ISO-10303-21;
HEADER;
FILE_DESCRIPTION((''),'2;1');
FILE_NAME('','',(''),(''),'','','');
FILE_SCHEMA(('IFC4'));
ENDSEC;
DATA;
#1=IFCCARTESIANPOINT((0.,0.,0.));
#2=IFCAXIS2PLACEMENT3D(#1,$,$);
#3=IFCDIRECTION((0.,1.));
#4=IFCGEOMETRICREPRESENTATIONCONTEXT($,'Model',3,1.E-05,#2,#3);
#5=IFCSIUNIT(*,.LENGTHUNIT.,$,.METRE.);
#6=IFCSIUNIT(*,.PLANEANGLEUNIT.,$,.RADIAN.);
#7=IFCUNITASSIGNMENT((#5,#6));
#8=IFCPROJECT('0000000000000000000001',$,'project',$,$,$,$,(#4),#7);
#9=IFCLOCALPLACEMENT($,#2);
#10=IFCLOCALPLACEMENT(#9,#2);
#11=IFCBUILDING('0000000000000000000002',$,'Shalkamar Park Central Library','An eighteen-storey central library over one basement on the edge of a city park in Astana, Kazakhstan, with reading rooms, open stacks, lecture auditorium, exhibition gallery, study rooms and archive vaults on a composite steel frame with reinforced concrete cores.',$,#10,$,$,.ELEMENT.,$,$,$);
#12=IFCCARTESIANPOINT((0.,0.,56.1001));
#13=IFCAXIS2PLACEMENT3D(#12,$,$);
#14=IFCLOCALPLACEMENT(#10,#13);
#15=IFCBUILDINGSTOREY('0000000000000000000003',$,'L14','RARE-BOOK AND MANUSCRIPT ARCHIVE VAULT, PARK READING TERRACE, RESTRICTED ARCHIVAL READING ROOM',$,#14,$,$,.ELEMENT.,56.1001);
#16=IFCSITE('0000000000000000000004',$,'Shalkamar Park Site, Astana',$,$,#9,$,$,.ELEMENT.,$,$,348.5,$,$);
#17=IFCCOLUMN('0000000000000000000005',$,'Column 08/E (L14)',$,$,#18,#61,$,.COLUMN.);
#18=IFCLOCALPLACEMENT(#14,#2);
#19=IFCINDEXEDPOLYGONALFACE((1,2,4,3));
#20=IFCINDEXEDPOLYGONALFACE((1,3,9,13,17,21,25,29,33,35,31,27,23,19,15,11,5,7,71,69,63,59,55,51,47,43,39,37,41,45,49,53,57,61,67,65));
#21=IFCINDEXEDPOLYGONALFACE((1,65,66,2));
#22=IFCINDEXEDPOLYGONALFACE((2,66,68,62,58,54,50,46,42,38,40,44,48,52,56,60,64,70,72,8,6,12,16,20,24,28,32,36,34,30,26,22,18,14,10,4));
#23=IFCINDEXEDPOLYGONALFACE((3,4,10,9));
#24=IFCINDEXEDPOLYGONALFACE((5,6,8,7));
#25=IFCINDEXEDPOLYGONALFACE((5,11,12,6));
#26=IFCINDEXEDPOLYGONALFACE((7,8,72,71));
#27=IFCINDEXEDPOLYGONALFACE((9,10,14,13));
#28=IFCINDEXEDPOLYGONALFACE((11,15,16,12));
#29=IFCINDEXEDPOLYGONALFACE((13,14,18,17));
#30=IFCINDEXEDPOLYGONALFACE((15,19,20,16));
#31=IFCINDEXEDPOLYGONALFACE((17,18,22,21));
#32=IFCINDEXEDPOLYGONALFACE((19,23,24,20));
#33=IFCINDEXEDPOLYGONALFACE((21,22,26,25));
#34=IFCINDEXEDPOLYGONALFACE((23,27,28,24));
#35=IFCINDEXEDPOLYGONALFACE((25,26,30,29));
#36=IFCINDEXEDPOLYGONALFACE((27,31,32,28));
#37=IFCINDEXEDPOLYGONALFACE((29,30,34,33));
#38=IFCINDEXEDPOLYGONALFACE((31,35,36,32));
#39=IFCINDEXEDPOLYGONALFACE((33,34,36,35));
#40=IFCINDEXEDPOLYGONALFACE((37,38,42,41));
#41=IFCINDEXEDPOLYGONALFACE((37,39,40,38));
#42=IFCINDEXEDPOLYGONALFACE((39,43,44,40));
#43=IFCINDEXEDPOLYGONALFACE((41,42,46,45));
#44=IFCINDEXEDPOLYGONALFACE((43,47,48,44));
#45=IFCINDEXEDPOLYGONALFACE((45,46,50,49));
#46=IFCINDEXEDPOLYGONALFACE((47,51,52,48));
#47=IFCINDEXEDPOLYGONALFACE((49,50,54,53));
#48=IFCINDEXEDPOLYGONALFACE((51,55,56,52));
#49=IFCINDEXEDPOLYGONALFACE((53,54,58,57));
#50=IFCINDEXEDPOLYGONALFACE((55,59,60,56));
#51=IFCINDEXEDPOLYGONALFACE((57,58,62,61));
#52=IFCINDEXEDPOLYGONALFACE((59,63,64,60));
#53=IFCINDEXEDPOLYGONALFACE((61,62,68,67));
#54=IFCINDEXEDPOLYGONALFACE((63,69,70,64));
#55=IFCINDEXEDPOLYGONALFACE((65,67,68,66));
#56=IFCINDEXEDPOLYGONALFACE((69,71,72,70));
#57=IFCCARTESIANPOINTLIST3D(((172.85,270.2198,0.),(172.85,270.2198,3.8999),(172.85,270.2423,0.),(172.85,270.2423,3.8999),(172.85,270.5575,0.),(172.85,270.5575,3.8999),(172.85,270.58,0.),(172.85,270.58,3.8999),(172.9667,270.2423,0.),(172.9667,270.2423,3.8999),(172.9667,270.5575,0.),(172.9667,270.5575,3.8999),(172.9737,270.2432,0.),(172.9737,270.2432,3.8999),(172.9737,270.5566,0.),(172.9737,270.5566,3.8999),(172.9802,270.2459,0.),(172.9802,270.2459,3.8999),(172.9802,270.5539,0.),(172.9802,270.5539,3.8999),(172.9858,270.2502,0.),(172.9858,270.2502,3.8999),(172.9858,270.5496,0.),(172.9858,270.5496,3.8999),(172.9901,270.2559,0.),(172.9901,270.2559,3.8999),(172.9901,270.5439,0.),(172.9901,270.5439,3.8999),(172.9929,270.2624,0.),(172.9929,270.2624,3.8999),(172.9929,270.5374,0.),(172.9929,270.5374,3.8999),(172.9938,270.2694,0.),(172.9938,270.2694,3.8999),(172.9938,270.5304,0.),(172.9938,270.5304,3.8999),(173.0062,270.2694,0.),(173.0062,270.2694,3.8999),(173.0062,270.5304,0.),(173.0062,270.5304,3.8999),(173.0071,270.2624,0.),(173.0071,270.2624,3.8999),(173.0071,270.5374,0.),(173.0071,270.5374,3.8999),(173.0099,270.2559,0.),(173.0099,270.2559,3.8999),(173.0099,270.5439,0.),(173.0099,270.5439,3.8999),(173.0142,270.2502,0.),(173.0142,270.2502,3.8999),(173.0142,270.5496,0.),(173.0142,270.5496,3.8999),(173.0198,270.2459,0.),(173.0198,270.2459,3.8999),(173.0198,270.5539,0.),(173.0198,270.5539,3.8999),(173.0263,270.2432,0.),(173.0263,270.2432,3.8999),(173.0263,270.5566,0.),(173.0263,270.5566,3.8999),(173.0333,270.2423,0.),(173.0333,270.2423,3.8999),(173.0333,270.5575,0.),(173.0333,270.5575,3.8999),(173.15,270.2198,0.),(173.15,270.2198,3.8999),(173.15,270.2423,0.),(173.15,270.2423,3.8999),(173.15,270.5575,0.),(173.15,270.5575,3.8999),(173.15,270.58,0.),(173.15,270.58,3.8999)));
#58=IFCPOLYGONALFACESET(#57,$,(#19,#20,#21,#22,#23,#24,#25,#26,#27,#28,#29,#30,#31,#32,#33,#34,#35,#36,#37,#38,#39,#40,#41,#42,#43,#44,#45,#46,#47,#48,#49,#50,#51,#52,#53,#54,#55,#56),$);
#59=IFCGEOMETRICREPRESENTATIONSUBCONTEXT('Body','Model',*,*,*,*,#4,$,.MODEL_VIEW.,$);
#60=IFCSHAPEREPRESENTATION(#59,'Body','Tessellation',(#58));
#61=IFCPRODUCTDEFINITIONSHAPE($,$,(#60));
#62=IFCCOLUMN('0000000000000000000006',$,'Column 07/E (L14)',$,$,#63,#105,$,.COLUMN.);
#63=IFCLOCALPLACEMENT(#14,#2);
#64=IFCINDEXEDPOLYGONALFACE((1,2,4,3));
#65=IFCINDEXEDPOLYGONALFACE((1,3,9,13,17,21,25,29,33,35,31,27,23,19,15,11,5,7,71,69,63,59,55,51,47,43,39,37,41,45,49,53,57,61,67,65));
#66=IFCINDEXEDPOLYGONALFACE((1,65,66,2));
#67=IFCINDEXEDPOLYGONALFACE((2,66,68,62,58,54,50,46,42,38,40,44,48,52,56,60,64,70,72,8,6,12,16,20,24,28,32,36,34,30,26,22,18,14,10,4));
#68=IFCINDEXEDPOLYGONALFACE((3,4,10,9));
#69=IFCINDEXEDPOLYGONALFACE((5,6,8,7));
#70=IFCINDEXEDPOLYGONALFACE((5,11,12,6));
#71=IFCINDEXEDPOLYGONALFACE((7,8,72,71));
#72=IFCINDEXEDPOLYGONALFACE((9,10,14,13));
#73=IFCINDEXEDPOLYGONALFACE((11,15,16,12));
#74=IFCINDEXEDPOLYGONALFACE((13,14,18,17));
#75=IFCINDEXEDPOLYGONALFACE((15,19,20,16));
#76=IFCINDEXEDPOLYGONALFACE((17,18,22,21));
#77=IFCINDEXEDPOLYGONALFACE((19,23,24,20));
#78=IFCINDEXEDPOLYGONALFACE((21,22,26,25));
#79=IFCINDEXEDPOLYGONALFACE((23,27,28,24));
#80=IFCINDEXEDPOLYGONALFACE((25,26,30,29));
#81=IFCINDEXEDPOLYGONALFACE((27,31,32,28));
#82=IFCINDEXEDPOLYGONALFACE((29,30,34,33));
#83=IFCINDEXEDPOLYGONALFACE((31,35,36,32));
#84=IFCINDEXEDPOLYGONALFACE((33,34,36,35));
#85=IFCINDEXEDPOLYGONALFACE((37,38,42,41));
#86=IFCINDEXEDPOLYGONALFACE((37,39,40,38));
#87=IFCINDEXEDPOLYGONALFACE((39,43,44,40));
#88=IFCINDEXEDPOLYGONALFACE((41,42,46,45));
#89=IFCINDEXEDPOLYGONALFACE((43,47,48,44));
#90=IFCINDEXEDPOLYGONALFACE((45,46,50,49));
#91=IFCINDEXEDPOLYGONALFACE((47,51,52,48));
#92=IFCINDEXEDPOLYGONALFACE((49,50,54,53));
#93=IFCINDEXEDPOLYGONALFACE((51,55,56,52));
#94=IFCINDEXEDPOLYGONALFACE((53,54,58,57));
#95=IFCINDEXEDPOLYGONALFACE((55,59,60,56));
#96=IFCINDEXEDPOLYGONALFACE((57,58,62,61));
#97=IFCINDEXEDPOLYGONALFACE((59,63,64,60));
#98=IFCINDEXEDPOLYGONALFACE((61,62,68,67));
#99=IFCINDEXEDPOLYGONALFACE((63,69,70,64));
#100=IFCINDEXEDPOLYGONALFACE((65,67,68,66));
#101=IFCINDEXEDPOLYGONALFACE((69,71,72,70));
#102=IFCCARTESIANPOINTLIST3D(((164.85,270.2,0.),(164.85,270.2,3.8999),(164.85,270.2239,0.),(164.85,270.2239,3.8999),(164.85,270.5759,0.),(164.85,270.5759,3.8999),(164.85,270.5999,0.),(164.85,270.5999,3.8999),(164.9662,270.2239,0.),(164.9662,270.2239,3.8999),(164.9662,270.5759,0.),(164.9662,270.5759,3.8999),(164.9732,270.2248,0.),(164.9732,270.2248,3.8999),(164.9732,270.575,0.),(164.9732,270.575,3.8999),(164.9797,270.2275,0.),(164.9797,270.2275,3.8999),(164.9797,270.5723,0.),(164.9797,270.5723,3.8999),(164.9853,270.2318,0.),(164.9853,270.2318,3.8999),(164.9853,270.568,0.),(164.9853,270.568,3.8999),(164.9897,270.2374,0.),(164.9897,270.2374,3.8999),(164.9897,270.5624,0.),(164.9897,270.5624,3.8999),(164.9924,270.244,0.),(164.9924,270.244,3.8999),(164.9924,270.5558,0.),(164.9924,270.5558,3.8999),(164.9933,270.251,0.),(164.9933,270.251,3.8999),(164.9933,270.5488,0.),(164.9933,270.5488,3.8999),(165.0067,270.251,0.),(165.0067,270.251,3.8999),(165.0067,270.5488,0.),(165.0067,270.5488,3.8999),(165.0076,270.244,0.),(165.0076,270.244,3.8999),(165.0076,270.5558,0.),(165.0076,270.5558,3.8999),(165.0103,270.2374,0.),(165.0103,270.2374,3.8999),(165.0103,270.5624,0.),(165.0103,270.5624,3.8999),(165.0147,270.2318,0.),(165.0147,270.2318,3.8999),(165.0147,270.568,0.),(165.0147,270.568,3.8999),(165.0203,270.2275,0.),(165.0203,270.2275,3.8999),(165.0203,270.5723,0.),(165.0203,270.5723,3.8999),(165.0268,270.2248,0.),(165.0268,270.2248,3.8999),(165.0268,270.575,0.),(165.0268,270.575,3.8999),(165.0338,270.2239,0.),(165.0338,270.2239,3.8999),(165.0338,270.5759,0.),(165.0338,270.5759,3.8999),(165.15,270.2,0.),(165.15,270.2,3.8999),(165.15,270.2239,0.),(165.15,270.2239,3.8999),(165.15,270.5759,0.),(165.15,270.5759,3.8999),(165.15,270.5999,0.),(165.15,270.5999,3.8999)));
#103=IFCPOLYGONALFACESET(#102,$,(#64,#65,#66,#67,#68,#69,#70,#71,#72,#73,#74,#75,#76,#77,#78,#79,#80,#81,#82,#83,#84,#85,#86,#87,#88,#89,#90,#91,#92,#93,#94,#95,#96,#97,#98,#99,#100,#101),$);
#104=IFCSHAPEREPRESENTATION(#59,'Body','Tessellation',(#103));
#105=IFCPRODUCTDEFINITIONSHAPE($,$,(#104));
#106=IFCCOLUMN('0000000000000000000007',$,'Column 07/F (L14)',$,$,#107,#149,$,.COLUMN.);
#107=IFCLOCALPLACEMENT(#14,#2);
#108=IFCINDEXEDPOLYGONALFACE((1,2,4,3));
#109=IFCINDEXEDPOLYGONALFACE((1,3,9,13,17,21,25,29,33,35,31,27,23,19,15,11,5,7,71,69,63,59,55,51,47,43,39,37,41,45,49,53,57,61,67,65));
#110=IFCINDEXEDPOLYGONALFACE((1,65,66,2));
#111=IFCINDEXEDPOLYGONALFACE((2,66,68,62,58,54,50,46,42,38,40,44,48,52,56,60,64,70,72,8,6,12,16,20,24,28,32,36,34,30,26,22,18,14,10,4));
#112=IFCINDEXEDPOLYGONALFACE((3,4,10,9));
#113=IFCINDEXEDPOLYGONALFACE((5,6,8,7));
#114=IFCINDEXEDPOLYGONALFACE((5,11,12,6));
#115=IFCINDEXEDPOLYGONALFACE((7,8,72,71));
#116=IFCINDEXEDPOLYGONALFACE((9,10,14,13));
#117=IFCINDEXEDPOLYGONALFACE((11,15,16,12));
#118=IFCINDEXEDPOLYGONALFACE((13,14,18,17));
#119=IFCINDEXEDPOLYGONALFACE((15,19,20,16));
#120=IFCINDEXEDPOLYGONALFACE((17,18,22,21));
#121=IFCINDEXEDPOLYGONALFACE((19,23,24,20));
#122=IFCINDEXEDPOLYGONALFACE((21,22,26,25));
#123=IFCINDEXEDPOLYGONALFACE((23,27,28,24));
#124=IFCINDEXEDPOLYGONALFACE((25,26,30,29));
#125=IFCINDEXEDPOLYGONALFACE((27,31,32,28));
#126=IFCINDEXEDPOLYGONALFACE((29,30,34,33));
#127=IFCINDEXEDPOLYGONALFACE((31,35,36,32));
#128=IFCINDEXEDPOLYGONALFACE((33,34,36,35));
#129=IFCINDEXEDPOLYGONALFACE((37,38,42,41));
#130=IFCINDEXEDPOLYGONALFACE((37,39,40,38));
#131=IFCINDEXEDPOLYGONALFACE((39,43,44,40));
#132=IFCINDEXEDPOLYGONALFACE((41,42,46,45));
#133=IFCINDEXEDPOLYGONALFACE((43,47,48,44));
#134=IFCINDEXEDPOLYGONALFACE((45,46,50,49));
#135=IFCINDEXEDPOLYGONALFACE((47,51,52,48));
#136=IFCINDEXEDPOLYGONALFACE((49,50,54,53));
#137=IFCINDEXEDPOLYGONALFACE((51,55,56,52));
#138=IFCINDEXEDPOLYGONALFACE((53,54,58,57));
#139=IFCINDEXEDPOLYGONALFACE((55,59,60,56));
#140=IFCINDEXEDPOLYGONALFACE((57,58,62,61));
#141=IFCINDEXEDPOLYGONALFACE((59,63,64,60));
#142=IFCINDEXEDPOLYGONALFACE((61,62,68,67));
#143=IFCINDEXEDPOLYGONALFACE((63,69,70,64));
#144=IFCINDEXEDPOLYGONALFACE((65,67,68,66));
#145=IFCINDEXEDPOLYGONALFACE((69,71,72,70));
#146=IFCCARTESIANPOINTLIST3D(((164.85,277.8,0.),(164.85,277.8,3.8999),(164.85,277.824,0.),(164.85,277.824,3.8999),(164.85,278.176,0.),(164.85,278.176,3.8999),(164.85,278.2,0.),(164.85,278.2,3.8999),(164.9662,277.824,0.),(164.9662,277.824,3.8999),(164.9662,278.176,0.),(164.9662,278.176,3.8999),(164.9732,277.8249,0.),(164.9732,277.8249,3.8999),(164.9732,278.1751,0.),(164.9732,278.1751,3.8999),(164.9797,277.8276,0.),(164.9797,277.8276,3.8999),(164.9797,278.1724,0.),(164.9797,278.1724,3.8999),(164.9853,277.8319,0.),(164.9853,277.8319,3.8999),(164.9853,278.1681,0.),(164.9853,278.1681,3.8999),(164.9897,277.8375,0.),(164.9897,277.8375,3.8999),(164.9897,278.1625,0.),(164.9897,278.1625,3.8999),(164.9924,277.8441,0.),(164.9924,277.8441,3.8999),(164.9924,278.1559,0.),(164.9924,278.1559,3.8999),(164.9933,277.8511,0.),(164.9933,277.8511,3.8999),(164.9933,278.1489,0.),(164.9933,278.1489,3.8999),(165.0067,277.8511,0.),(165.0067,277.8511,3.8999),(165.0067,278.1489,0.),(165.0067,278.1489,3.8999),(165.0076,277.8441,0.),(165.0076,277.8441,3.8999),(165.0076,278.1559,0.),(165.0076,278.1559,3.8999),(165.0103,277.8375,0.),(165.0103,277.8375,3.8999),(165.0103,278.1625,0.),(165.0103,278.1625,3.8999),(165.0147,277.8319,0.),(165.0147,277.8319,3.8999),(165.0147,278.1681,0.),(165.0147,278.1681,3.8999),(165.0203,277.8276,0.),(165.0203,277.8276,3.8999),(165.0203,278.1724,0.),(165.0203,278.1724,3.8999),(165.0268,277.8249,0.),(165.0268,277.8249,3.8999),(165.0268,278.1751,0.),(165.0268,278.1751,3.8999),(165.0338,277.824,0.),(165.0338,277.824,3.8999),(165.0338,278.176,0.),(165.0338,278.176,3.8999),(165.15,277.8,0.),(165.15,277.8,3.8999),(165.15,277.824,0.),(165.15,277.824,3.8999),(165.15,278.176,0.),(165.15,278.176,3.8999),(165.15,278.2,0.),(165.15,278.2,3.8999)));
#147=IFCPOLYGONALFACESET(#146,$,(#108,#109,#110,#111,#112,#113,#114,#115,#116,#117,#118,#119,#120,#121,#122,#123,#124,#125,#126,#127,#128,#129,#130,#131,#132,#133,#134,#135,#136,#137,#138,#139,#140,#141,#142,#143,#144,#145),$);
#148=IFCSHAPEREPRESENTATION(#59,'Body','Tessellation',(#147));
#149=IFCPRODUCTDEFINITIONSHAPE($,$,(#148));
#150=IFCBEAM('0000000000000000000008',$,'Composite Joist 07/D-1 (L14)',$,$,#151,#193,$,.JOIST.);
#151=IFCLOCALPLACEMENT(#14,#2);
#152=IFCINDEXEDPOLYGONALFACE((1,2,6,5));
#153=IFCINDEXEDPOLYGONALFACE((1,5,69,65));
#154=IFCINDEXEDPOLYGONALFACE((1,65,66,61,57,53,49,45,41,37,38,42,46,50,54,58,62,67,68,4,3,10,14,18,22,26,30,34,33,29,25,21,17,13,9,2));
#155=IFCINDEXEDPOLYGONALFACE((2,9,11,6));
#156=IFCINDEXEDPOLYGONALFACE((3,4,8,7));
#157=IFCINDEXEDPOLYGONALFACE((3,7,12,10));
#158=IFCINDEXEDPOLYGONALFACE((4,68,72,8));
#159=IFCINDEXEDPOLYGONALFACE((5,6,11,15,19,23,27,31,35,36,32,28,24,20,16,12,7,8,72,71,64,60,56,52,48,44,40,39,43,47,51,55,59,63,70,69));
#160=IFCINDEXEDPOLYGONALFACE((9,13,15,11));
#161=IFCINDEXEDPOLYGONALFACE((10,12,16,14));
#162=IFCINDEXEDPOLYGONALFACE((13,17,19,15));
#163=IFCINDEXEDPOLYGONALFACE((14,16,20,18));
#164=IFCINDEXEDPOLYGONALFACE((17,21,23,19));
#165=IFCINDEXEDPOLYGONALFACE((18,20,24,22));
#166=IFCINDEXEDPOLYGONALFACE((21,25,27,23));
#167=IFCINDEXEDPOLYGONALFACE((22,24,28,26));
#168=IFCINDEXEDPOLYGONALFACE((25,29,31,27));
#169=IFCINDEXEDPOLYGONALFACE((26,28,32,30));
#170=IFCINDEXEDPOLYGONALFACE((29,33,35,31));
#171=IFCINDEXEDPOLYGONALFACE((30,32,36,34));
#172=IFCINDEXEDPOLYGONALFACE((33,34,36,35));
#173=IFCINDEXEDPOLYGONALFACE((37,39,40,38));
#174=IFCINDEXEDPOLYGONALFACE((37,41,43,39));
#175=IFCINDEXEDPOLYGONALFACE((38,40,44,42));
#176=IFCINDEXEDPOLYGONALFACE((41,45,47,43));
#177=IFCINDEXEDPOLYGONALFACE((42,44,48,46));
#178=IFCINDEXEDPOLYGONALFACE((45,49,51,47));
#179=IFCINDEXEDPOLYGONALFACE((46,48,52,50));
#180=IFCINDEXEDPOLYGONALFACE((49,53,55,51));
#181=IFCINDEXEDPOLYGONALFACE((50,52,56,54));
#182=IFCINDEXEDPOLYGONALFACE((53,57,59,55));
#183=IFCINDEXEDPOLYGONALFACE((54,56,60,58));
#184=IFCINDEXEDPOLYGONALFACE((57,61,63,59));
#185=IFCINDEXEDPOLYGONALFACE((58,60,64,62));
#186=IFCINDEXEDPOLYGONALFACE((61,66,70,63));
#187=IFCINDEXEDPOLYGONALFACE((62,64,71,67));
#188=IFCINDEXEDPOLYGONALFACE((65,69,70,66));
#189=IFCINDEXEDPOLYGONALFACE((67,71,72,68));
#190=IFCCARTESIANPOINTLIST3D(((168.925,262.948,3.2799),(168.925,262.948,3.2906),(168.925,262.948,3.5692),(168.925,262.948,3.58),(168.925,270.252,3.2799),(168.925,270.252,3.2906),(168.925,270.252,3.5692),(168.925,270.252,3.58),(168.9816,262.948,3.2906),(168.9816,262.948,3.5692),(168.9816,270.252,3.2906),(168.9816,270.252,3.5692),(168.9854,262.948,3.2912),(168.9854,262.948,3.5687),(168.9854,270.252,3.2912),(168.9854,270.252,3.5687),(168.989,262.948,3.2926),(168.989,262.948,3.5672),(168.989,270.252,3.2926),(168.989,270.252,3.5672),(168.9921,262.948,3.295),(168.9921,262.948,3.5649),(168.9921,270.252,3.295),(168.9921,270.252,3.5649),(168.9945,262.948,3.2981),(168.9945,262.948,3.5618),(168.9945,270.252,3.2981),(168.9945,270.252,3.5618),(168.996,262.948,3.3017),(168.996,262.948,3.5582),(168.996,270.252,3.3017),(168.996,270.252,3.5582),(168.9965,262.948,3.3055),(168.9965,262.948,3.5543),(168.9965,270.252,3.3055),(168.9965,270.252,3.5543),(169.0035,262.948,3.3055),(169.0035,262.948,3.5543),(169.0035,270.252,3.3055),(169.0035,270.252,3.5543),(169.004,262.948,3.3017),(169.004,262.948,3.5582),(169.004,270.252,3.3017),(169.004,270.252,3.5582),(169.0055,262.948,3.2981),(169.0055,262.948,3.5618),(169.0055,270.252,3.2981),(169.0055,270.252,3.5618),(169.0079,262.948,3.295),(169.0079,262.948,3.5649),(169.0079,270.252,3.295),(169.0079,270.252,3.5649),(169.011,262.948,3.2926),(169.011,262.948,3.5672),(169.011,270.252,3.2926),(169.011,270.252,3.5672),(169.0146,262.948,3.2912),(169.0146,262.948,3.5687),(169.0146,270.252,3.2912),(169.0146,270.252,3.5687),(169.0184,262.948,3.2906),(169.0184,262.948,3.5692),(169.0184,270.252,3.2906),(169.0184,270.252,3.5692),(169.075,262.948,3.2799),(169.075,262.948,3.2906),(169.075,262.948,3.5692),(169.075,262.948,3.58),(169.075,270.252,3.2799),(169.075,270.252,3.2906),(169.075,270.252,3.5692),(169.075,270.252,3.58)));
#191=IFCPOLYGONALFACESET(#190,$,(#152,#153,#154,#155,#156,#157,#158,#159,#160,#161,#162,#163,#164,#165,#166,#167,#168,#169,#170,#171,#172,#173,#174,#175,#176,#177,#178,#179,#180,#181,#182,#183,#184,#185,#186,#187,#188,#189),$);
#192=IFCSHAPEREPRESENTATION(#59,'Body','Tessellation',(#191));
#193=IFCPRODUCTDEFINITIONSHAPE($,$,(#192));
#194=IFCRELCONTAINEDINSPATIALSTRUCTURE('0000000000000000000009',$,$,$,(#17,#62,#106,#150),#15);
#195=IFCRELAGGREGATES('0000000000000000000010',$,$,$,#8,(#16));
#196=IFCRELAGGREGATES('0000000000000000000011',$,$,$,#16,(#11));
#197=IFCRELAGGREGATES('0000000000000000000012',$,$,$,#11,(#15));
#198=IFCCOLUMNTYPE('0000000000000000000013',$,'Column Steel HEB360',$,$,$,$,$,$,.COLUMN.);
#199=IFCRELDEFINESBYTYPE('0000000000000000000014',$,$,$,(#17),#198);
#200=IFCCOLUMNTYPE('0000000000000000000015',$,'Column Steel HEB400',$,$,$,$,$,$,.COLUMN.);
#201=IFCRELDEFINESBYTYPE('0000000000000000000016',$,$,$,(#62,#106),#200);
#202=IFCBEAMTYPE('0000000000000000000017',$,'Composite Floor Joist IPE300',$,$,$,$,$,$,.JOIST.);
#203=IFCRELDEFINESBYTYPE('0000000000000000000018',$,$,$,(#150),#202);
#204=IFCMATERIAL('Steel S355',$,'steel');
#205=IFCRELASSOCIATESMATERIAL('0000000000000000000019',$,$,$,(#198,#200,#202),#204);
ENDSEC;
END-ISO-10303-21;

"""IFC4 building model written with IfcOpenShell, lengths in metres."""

from ifc_helpers import new_model, si_unit, direction, frame, origin, origin_2d, place, context, subcontext, project, spatial, i_section, extrude, material, material_profile, profile_set, type_object, element, save


model = new_model("IFC4")

# Units and contexts
model_context = context("Model", 3, precision=1e-05, world=origin(), true_north=direction((0.0, 1.0)))
body_context = subcontext(model_context, "Body", "Model", "MODEL_VIEW")
ifc_project = project(units=[si_unit("LENGTHUNIT", "METRE"), si_unit("PLANEANGLEUNIT", "RADIAN")], contexts=[model_context])

# Site, building, storey
site_placement = place(None, origin())
site = spatial("IfcSite", under=ifc_project, at=site_placement, Name="Shalkamar Park Site, Astana", CompositionType="ELEMENT", RefElevation=348.5)
building_placement = place(site_placement, origin())
building = spatial("IfcBuilding", under=site, at=building_placement, Name="Shalkamar Park Central Library", Description="An eighteen-storey central library over one basement on the edge of a city park in Astana, Kazakhstan, with reading rooms, open stacks, lecture auditorium, exhibition gallery, study rooms and archive vaults on a composite steel frame with reinforced concrete cores.", CompositionType="ELEMENT")
storey_placement = place(building_placement, frame((0.0, 0.0, 56.1001)))
storey = spatial("IfcBuildingStorey", under=building, at=storey_placement, Name="L14", Description="RARE-BOOK AND MANUSCRIPT ARCHIVE VAULT, PARK READING TERRACE, RESTRICTED ARCHIVAL READING ROOM", CompositionType="ELEMENT", Elevation=56.1001)

# Columns
ifc_material_1 = material(Name="Steel S355", Category="steel")
ifc_material_profile_1 = material_profile(ifc_material_1, i_section(OverallWidth=0.3, OverallDepth=0.3601, WebThickness=0.0125, FlangeThickness=0.0225, FilletRadius=0.0271, at=origin_2d()), Name="HEB 360")
ifc_profile_set_1 = profile_set([ifc_material_profile_1], Name="Steel S355")
column_type_1 = type_object("IfcColumnType", Name="Column Steel HEB360", PredefinedType="COLUMN", material=ifc_profile_set_1)
column_placement = place(storey_placement, frame((173.0, 270.3999, 0.0), z_axis=(0.0, 0.0, 1.0), x_axis=(1.0, 0.0, 0.0)))
element("IfcColumn", 1, at=column_placement, inside=storey, type_object=column_type_1, Name="Column 08/E (L14)", PredefinedType="COLUMN", context=body_context, shape_type="SweptSolid", body=[
    extrude(i_section(OverallWidth=0.3, OverallDepth=0.3601, WebThickness=0.0125, FlangeThickness=0.0225, FilletRadius=0.0271, at=origin_2d()), origin(), (0.0, 0.0, 1.0), 3.8999),
])
ifc_material_profile_2 = material_profile(ifc_material_1, i_section(OverallWidth=0.3, OverallDepth=0.3999, WebThickness=0.0134, FlangeThickness=0.0239, FilletRadius=0.0271, at=origin_2d()), Name="HEB 400")
ifc_profile_set_2 = profile_set([ifc_material_profile_2], Name="Steel S355")
column_type_2 = type_object("IfcColumnType", Name="Column Steel HEB400", PredefinedType="COLUMN", material=ifc_profile_set_2)
for number, where, z_axis, x_axis, name in (
    (2, (165.0, 270.3999, 0.0), (0.0, 0.0, 1.0), (1.0, 0.0, 0.0), "Column 07/E (L14)"),
    (3, (165.0, 278.0, 0.0), (0.0, 0.0, 1.0), (1.0, 0.0, 0.0), "Column 07/F (L14)"),
):
    element("IfcColumn", number, at=place(storey_placement, frame(where, z_axis=z_axis, x_axis=x_axis)), inside=storey, type_object=column_type_2, Name=name, PredefinedType="COLUMN", context=body_context, shape_type="SweptSolid", body=[
        extrude(i_section(OverallWidth=0.3, OverallDepth=0.3999, WebThickness=0.0134, FlangeThickness=0.0239, FilletRadius=0.0271, at=origin_2d()), origin(), (0.0, 0.0, 1.0), 3.8999),
    ])

# Beam
ifc_material_profile_3 = material_profile(ifc_material_1, i_section(OverallWidth=0.1499, OverallDepth=0.3, WebThickness=0.0071, FlangeThickness=0.0107, FilletRadius=0.0149, at=origin_2d()), Name="IPE 300")
ifc_profile_set_3 = profile_set([ifc_material_profile_3], Name="Steel S355")
beam_type_1 = type_object("IfcBeamType", Name="Composite Floor Joist IPE300", PredefinedType="JOIST", material=ifc_profile_set_3)
beam_1_placement = place(storey_placement, frame((169.0, 262.948, 3.4299), z_axis=(0.0, 1.0, 0.0), x_axis=(-1.0, 0.0, 0.0)))
element("IfcBeam", 4, at=beam_1_placement, inside=storey, type_object=beam_type_1, Name="Composite Joist 07/D-1 (L14)", PredefinedType="JOIST", context=body_context, shape_type="SweptSolid", body=[
    extrude(i_section(OverallWidth=0.1499, OverallDepth=0.3, WebThickness=0.0071, FlangeThickness=0.0107, FilletRadius=0.0149, at=origin_2d()), origin(), (0.0, 0.0, 1.0), 7.304),
])

save(model, "model.ifc")
